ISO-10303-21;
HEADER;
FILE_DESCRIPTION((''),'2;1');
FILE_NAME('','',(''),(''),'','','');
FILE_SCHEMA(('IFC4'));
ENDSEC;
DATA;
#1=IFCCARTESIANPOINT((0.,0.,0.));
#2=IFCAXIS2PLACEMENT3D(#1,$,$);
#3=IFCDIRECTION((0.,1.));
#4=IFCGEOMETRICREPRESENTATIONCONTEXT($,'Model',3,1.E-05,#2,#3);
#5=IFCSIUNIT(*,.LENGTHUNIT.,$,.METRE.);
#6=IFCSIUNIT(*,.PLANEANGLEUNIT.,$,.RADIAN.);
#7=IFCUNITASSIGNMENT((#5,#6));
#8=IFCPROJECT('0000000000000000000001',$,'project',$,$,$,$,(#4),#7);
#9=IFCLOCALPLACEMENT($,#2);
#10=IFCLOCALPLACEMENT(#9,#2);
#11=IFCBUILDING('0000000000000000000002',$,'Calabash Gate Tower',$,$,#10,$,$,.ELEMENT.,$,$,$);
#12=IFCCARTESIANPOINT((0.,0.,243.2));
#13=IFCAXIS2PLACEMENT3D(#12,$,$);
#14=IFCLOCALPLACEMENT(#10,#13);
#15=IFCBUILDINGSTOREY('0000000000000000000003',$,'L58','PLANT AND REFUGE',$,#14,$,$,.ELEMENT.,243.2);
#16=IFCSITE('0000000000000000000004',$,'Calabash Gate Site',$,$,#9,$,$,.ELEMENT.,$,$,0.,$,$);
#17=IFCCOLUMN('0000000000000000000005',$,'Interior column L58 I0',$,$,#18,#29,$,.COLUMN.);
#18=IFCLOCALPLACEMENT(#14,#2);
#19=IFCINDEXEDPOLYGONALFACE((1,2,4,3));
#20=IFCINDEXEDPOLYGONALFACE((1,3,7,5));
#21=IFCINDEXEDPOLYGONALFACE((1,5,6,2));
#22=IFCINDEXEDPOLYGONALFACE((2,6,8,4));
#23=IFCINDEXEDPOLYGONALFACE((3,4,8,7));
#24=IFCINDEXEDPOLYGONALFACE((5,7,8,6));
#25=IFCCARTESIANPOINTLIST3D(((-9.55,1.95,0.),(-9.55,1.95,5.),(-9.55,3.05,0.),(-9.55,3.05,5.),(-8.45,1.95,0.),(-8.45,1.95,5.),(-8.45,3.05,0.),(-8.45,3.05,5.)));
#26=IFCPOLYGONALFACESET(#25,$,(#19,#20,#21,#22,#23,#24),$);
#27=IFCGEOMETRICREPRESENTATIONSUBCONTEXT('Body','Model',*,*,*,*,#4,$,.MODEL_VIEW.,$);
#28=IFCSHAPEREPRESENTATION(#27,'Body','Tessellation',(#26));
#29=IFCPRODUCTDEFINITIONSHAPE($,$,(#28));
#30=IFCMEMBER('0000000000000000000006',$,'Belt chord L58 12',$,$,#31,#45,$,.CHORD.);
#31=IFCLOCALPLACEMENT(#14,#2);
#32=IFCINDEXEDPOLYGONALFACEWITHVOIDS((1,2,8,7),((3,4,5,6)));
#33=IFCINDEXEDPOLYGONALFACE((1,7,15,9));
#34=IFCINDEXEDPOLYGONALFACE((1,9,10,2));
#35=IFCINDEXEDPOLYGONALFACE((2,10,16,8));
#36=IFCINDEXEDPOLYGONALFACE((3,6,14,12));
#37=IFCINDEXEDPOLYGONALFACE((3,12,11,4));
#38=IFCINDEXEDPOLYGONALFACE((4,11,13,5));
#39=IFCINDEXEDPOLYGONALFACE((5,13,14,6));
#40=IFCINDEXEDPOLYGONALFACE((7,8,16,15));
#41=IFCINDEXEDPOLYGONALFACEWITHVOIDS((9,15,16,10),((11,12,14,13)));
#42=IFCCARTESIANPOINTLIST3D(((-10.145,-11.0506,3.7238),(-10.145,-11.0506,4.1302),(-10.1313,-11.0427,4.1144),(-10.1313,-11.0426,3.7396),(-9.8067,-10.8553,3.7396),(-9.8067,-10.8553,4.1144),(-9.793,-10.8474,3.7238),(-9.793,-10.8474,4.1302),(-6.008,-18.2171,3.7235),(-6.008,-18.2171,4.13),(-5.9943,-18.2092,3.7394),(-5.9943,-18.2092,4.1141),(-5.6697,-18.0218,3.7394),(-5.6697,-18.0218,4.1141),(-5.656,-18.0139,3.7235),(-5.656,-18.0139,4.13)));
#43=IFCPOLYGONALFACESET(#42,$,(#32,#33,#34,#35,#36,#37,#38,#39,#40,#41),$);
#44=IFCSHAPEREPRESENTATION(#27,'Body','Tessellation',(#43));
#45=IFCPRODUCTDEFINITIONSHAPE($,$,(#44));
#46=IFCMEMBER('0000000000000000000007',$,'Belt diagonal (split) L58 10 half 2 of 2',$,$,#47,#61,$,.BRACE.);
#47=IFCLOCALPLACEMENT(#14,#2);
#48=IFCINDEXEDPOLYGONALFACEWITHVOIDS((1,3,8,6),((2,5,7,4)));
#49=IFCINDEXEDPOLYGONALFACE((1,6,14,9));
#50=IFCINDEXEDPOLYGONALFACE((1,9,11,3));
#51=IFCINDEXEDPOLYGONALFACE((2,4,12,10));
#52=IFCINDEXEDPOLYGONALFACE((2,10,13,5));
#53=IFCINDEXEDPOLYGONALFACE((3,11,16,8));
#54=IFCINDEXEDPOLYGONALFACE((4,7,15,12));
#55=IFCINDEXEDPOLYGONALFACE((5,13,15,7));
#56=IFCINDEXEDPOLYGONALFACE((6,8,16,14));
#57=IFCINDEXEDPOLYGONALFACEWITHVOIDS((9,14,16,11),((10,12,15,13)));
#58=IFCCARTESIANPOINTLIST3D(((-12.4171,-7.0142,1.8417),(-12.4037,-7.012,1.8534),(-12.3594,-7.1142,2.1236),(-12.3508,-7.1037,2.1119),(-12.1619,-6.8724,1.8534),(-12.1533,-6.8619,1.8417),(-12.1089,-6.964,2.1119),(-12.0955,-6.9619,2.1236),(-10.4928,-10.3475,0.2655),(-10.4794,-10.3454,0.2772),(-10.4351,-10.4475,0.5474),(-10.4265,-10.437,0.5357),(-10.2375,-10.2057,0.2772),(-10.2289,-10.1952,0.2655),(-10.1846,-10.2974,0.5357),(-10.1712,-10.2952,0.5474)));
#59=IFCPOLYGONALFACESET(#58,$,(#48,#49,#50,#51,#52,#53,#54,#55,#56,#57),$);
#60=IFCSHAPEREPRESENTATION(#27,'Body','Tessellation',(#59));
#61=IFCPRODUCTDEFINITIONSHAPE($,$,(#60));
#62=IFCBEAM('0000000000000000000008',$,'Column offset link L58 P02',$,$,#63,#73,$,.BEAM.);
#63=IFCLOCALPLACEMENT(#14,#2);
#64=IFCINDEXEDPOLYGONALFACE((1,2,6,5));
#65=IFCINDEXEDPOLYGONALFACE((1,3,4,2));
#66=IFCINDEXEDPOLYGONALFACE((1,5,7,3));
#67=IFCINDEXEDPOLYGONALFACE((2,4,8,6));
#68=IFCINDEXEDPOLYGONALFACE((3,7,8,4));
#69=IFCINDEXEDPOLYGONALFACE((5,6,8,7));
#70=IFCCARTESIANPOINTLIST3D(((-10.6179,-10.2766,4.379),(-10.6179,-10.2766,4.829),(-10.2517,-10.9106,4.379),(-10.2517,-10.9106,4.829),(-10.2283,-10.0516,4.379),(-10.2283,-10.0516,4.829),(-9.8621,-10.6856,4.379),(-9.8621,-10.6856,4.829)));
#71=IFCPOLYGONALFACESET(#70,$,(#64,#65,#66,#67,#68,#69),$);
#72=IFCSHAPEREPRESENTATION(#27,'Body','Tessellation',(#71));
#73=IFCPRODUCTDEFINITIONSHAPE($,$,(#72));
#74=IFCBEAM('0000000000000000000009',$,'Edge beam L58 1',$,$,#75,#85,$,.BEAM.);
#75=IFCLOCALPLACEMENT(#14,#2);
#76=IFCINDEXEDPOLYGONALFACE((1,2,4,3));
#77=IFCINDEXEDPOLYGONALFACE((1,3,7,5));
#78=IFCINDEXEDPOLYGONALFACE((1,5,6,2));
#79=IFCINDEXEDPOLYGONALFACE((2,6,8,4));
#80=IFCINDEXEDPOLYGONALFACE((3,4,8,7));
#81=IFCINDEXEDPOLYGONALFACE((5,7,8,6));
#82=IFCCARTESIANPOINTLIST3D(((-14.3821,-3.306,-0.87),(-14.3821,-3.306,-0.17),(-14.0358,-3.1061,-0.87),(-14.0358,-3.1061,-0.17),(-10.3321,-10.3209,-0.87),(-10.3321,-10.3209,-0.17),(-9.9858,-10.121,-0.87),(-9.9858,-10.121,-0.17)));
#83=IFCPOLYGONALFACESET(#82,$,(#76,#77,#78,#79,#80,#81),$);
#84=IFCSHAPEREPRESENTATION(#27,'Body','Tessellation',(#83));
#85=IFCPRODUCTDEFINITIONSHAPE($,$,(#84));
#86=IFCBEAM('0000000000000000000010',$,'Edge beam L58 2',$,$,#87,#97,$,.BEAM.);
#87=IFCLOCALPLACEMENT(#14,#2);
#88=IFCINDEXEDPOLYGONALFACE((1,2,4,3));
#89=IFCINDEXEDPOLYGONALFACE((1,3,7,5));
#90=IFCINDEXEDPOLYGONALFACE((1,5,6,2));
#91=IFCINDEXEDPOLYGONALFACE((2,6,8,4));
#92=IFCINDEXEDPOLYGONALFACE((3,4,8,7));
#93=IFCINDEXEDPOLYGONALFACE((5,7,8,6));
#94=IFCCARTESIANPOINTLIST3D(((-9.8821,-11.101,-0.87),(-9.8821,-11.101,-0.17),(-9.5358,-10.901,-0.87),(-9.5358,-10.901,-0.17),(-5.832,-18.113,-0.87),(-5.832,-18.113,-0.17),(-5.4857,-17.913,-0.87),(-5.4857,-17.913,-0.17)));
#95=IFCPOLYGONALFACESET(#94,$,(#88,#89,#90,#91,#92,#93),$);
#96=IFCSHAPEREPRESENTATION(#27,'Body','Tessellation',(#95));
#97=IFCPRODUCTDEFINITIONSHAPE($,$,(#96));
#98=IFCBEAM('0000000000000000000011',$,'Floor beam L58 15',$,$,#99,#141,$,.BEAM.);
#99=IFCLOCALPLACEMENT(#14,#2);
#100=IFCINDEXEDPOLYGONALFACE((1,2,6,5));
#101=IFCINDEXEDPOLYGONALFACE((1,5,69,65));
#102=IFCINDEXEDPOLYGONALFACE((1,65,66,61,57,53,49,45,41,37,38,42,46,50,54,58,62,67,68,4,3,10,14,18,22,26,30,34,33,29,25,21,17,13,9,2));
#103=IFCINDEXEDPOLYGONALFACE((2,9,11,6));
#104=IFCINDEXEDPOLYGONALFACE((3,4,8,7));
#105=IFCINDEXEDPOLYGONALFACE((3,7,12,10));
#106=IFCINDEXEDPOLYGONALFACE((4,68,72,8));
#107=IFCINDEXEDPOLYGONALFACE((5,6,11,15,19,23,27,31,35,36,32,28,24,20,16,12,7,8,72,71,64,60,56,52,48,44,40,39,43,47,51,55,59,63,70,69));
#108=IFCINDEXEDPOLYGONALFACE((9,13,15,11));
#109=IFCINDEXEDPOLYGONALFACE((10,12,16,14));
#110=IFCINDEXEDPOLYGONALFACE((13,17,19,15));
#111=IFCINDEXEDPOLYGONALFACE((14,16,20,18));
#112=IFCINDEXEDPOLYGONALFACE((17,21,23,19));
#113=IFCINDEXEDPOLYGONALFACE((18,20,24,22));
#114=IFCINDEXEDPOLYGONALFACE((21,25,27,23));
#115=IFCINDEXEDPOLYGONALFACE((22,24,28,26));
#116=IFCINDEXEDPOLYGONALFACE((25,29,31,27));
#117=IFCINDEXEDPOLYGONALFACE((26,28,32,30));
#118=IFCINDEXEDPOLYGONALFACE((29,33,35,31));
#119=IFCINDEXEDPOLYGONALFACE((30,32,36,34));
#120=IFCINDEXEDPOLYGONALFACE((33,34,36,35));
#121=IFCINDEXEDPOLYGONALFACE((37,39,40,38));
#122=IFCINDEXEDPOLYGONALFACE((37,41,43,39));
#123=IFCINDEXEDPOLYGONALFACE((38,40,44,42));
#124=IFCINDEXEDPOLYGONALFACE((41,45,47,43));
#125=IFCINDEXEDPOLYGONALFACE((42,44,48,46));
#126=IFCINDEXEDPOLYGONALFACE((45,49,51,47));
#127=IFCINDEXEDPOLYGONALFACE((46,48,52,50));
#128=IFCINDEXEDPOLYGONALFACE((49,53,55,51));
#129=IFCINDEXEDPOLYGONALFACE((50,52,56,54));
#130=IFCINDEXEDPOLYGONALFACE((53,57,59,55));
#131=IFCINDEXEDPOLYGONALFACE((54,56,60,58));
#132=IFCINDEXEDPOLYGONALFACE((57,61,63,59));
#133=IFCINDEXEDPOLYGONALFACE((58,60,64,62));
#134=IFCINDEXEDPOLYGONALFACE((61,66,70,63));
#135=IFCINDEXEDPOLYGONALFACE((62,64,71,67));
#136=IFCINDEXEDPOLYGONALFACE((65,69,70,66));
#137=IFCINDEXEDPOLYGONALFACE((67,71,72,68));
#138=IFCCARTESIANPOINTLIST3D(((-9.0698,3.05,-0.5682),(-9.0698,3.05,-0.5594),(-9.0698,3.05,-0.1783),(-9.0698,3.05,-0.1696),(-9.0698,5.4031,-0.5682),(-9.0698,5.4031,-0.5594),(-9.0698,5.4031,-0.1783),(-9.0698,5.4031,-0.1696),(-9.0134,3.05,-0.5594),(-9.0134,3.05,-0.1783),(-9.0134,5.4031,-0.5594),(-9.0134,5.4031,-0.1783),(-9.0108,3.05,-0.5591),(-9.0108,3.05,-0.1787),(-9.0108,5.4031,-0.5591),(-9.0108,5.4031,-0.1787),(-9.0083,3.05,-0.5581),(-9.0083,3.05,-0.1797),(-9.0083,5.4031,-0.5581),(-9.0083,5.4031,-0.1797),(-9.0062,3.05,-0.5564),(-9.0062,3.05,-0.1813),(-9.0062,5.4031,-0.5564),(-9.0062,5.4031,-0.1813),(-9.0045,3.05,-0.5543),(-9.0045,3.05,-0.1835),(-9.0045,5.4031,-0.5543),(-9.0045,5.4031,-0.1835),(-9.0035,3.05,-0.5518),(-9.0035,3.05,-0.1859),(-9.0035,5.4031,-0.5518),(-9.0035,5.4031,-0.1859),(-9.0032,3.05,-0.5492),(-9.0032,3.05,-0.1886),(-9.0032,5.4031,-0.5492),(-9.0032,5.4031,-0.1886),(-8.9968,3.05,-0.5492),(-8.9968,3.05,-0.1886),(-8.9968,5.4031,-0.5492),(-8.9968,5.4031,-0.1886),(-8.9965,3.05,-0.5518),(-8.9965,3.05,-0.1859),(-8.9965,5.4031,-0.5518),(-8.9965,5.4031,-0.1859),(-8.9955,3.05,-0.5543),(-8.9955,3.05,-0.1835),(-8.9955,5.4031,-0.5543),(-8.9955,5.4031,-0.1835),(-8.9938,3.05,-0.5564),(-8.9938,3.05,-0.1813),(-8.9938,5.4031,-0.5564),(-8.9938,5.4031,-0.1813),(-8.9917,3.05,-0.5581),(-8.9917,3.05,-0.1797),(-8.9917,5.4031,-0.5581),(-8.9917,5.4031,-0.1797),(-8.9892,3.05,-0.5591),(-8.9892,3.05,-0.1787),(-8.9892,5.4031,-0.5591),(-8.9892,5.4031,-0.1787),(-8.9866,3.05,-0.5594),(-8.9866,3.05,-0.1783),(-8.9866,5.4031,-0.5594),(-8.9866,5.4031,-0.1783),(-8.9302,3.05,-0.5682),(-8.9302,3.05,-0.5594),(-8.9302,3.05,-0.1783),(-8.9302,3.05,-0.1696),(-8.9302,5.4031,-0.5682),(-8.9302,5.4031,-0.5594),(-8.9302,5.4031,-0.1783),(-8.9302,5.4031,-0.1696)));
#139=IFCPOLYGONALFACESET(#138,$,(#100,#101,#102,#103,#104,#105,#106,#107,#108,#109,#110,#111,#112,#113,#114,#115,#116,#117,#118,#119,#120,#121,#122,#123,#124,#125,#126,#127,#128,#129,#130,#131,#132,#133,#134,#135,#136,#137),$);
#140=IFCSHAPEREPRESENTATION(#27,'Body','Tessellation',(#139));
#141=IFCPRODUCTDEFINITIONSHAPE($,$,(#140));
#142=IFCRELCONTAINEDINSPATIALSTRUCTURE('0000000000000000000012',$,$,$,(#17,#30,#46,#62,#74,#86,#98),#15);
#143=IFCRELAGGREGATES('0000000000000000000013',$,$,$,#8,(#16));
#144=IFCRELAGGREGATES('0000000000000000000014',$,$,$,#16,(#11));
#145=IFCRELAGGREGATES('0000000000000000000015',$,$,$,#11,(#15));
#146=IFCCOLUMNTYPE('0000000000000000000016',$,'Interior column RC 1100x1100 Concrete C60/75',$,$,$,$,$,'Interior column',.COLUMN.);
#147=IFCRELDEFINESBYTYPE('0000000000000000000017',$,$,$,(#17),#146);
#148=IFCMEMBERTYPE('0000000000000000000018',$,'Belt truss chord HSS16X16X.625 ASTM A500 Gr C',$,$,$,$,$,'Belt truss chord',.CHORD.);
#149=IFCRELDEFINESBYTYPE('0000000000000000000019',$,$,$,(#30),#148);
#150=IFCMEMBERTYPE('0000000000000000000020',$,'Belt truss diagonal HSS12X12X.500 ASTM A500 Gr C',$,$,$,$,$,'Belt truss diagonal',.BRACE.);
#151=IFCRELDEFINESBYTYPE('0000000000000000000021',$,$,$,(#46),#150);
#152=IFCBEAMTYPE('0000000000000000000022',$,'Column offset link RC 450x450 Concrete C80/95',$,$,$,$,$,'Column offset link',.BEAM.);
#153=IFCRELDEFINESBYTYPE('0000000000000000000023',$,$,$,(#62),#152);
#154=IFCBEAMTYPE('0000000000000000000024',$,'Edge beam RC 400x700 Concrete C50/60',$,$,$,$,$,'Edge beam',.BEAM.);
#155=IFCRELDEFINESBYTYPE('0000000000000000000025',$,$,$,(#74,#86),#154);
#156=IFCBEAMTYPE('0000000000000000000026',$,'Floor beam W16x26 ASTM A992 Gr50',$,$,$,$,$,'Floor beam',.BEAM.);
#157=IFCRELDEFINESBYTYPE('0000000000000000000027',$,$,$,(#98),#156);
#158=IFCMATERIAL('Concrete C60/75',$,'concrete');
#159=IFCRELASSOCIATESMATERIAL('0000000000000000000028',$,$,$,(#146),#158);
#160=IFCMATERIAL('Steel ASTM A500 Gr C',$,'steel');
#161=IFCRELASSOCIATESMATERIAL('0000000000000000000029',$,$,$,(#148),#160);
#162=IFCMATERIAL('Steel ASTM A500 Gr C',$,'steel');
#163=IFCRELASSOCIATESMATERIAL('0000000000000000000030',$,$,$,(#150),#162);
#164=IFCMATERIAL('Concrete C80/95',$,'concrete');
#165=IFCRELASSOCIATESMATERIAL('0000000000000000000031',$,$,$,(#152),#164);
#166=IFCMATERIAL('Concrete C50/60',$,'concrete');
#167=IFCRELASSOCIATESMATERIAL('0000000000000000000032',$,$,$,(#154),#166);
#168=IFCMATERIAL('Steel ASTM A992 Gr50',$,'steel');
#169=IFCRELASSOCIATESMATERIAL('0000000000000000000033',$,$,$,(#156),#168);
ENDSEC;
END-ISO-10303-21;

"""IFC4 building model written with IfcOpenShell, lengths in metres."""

from ifc_helpers import new_model, si_unit, direction, frame, origin, origin_2d, place, context, subcontext, project, spatial, rectangle, hollow_rectangle, i_section, extrude, material, material_profile, profile_set, type_object, element, save


model = new_model("IFC4")

# Units and contexts
model_context = context("Model", 3, precision=1e-05, world=origin(), true_north=direction((0.0, 1.0)))
body_context = subcontext(model_context, "Body", "Model", "MODEL_VIEW")
ifc_project = project(units=[si_unit("LENGTHUNIT", "METRE"), si_unit("PLANEANGLEUNIT", "RADIAN")], contexts=[model_context])

# Site, building, storey
site_placement = place(None, origin())
site = spatial("IfcSite", under=ifc_project, at=site_placement, Name="Calabash Gate Site", CompositionType="ELEMENT", RefElevation=0.0)
building_placement = place(site_placement, origin())
building = spatial("IfcBuilding", under=site, at=building_placement, Name="Calabash Gate Tower", CompositionType="ELEMENT")
storey_placement = place(building_placement, frame((0.0, 0.0, 243.2)))
storey = spatial("IfcBuildingStorey", under=building, at=storey_placement, Name="L58", Description="PLANT AND REFUGE", CompositionType="ELEMENT", Elevation=243.2)

# Column
ifc_material_1 = material(Name="Concrete C60/75", Category="concrete")
ifc_material_profile_1 = material_profile(ifc_material_1, rectangle(XDim=1.1001, YDim=1.1001, at=origin_2d()))
ifc_profile_set_1 = profile_set([ifc_material_profile_1], Name="Concrete C60/75")
column_type_1 = type_object("IfcColumnType", Name="Interior column RC 1100x1100 Concrete C60/75", ElementType="Interior column", PredefinedType="COLUMN", material=ifc_profile_set_1)
column_1_placement = place(storey_placement, frame((-9.0, 2.5, 0.0), z_axis=(0.0, 0.0, 1.0), x_axis=(1.0, 0.0, 0.0)))
element("IfcColumn", 1, at=column_1_placement, inside=storey, type_object=column_type_1, Name="Interior column L58 I0", PredefinedType="COLUMN", context=body_context, shape_type="SweptSolid", body=[
    extrude(rectangle(XDim=1.1001, YDim=1.1001, at=origin_2d()), origin(), (0.0, 0.0, 1.0), 5.0),
])

# Members
ifc_material_2 = material(Name="Steel ASTM A500 Gr C", Category="steel")
ifc_material_profile_2 = material_profile(ifc_material_2, hollow_rectangle(XDim=0.4065, YDim=0.4065, WallThickness=0.0159, at=origin_2d()))
ifc_profile_set_2 = profile_set([ifc_material_profile_2], Name="Steel ASTM A500 Gr C")
member_type_1 = type_object("IfcMemberType", Name="Belt truss chord HSS16X16X.625 ASTM A500 Gr C", ElementType="Belt truss chord", PredefinedType="CHORD", material=ifc_profile_set_2)
member_1_placement = place(storey_placement, frame((-9.969, -10.949, 3.927), z_axis=(0.499944, -0.866058, -0.00003), x_axis=(0.866058, 0.499944, 0.0)))
element("IfcMember", 2, at=member_1_placement, inside=storey, type_object=member_type_1, Name="Belt chord L58 12", PredefinedType="CHORD", context=body_context, shape_type="SweptSolid", body=[
    extrude(hollow_rectangle(XDim=0.4065, YDim=0.4065, WallThickness=0.0159, at=origin_2d()), origin(), (0.0, 0.0, 1.0), 8.2749),
])
ifc_material_3 = material(Name="Steel ASTM A500 Gr C", Category="steel")
ifc_material_profile_3 = material_profile(ifc_material_3, hollow_rectangle(XDim=0.3047, YDim=0.3047, WallThickness=0.0127, at=origin_2d()))
ifc_profile_set_3 = profile_set([ifc_material_profile_3], Name="Steel ASTM A500 Gr C")
member_type_2 = type_object("IfcMemberType", Name="Belt truss diagonal HSS12X12X.500 ASTM A500 Gr C", ElementType="Belt truss diagonal", PredefinedType="BRACE", material=ifc_profile_set_3)
member_2_placement = place(storey_placement, frame((-12.2563, -6.988, 1.9827), z_axis=(0.462679, -0.801441, -0.378972), x_axis=(0.866041, 0.499973, 0.0)))
element("IfcMember", 3, at=member_2_placement, inside=storey, type_object=member_type_2, Name="Belt diagonal (split) L58 10 half 2 of 2", PredefinedType="BRACE", context=body_context, shape_type="SweptSolid", body=[
    extrude(hollow_rectangle(XDim=0.3047, YDim=0.3047, WallThickness=0.0127, at=origin_2d()), origin(), (0.0, 0.0, 1.0), 4.1592),
])

# Beams
ifc_material_4 = material(Name="Concrete C80/95", Category="concrete")
ifc_material_profile_4 = material_profile(ifc_material_4, rectangle(XDim=0.45, YDim=0.45, at=origin_2d()))
ifc_profile_set_4 = profile_set([ifc_material_profile_4], Name="Concrete C80/95")
beam_type_1 = type_object("IfcBeamType", Name="Column offset link RC 450x450 Concrete C80/95", ElementType="Column offset link", PredefinedType="BEAM", material=ifc_profile_set_4)
beam_1_placement = place(storey_placement, frame((-10.0569, -10.7981, 4.604), z_axis=(-0.500155, 0.865936, 0.0), x_axis=(-0.865936, -0.500155, 0.0)))
element("IfcBeam", 4, at=beam_1_placement, inside=storey, type_object=beam_type_1, Name="Column offset link L58 P02", PredefinedType="BEAM", context=body_context, shape_type="SweptSolid", body=[
    extrude(rectangle(XDim=0.45, YDim=0.45, at=origin_2d()), origin(), (0.0, 0.0, 1.0), 0.7322),
])
ifc_material_5 = material(Name="Concrete C50/60", Category="concrete")
ifc_material_profile_5 = material_profile(ifc_material_5, rectangle(XDim=0.3999, YDim=0.7, at=origin_2d()))
ifc_profile_set_5 = profile_set([ifc_material_profile_5], Name="Concrete C50/60")
beam_type_2 = type_object("IfcBeamType", Name="Edge beam RC 400x700 Concrete C50/60", ElementType="Edge beam", PredefinedType="BEAM", material=ifc_profile_set_5)
beam_2_placement = place(storey_placement, frame((-14.209, -3.2061, -0.52), z_axis=(0.5, -0.866025, 0.0), x_axis=(0.866025, 0.5, 0.0)))
element("IfcBeam", 5, at=beam_2_placement, inside=storey, type_object=beam_type_2, Name="Edge beam L58 1", PredefinedType="BEAM", context=body_context, shape_type="SweptSolid", body=[
    extrude(rectangle(XDim=0.3999, YDim=0.7, at=origin_2d()), origin(), (0.0, 0.0, 1.0), 8.1001),
])
beam_3_placement = place(storey_placement, frame((-9.709, -11.001, -0.52), z_axis=(0.500157, -0.865935, 0.0), x_axis=(0.865935, 0.500157, 0.0)))
element("IfcBeam", 6, at=beam_3_placement, inside=storey, type_object=beam_type_2, Name="Edge beam L58 2", PredefinedType="BEAM", context=body_context, shape_type="SweptSolid", body=[
    extrude(rectangle(XDim=0.3999, YDim=0.7, at=origin_2d()), origin(), (0.0, 0.0, 1.0), 8.0977),
])
ifc_material_6 = material(Name="Steel ASTM A992 Gr50", Category="steel")
ifc_material_profile_6 = material_profile(ifc_material_6, i_section(OverallWidth=0.1396, OverallDepth=0.3987, WebThickness=0.0063, FlangeThickness=0.0088, FilletRadius=0.0103, at=origin_2d()))
ifc_profile_set_6 = profile_set([ifc_material_profile_6], Name="Steel ASTM A992 Gr50")
beam_type_3 = type_object("IfcBeamType", Name="Floor beam W16x26 ASTM A992 Gr50", ElementType="Floor beam", PredefinedType="BEAM", material=ifc_profile_set_6)
beam_4_placement = place(storey_placement, frame((-9.0, 3.05, -0.3689), z_axis=(0.0, 1.0, 0.0), x_axis=(-1.0, 0.0, 0.0)))
element("IfcBeam", 7, at=beam_4_placement, inside=storey, type_object=beam_type_3, Name="Floor beam L58 15", PredefinedType="BEAM", context=body_context, shape_type="SweptSolid", body=[
    extrude(i_section(OverallWidth=0.1396, OverallDepth=0.3987, WebThickness=0.0063, FlangeThickness=0.0088, FilletRadius=0.0103, at=origin_2d()), origin(), (0.0, 0.0, 1.0), 2.353),
])

save(model, "model.ifc")
